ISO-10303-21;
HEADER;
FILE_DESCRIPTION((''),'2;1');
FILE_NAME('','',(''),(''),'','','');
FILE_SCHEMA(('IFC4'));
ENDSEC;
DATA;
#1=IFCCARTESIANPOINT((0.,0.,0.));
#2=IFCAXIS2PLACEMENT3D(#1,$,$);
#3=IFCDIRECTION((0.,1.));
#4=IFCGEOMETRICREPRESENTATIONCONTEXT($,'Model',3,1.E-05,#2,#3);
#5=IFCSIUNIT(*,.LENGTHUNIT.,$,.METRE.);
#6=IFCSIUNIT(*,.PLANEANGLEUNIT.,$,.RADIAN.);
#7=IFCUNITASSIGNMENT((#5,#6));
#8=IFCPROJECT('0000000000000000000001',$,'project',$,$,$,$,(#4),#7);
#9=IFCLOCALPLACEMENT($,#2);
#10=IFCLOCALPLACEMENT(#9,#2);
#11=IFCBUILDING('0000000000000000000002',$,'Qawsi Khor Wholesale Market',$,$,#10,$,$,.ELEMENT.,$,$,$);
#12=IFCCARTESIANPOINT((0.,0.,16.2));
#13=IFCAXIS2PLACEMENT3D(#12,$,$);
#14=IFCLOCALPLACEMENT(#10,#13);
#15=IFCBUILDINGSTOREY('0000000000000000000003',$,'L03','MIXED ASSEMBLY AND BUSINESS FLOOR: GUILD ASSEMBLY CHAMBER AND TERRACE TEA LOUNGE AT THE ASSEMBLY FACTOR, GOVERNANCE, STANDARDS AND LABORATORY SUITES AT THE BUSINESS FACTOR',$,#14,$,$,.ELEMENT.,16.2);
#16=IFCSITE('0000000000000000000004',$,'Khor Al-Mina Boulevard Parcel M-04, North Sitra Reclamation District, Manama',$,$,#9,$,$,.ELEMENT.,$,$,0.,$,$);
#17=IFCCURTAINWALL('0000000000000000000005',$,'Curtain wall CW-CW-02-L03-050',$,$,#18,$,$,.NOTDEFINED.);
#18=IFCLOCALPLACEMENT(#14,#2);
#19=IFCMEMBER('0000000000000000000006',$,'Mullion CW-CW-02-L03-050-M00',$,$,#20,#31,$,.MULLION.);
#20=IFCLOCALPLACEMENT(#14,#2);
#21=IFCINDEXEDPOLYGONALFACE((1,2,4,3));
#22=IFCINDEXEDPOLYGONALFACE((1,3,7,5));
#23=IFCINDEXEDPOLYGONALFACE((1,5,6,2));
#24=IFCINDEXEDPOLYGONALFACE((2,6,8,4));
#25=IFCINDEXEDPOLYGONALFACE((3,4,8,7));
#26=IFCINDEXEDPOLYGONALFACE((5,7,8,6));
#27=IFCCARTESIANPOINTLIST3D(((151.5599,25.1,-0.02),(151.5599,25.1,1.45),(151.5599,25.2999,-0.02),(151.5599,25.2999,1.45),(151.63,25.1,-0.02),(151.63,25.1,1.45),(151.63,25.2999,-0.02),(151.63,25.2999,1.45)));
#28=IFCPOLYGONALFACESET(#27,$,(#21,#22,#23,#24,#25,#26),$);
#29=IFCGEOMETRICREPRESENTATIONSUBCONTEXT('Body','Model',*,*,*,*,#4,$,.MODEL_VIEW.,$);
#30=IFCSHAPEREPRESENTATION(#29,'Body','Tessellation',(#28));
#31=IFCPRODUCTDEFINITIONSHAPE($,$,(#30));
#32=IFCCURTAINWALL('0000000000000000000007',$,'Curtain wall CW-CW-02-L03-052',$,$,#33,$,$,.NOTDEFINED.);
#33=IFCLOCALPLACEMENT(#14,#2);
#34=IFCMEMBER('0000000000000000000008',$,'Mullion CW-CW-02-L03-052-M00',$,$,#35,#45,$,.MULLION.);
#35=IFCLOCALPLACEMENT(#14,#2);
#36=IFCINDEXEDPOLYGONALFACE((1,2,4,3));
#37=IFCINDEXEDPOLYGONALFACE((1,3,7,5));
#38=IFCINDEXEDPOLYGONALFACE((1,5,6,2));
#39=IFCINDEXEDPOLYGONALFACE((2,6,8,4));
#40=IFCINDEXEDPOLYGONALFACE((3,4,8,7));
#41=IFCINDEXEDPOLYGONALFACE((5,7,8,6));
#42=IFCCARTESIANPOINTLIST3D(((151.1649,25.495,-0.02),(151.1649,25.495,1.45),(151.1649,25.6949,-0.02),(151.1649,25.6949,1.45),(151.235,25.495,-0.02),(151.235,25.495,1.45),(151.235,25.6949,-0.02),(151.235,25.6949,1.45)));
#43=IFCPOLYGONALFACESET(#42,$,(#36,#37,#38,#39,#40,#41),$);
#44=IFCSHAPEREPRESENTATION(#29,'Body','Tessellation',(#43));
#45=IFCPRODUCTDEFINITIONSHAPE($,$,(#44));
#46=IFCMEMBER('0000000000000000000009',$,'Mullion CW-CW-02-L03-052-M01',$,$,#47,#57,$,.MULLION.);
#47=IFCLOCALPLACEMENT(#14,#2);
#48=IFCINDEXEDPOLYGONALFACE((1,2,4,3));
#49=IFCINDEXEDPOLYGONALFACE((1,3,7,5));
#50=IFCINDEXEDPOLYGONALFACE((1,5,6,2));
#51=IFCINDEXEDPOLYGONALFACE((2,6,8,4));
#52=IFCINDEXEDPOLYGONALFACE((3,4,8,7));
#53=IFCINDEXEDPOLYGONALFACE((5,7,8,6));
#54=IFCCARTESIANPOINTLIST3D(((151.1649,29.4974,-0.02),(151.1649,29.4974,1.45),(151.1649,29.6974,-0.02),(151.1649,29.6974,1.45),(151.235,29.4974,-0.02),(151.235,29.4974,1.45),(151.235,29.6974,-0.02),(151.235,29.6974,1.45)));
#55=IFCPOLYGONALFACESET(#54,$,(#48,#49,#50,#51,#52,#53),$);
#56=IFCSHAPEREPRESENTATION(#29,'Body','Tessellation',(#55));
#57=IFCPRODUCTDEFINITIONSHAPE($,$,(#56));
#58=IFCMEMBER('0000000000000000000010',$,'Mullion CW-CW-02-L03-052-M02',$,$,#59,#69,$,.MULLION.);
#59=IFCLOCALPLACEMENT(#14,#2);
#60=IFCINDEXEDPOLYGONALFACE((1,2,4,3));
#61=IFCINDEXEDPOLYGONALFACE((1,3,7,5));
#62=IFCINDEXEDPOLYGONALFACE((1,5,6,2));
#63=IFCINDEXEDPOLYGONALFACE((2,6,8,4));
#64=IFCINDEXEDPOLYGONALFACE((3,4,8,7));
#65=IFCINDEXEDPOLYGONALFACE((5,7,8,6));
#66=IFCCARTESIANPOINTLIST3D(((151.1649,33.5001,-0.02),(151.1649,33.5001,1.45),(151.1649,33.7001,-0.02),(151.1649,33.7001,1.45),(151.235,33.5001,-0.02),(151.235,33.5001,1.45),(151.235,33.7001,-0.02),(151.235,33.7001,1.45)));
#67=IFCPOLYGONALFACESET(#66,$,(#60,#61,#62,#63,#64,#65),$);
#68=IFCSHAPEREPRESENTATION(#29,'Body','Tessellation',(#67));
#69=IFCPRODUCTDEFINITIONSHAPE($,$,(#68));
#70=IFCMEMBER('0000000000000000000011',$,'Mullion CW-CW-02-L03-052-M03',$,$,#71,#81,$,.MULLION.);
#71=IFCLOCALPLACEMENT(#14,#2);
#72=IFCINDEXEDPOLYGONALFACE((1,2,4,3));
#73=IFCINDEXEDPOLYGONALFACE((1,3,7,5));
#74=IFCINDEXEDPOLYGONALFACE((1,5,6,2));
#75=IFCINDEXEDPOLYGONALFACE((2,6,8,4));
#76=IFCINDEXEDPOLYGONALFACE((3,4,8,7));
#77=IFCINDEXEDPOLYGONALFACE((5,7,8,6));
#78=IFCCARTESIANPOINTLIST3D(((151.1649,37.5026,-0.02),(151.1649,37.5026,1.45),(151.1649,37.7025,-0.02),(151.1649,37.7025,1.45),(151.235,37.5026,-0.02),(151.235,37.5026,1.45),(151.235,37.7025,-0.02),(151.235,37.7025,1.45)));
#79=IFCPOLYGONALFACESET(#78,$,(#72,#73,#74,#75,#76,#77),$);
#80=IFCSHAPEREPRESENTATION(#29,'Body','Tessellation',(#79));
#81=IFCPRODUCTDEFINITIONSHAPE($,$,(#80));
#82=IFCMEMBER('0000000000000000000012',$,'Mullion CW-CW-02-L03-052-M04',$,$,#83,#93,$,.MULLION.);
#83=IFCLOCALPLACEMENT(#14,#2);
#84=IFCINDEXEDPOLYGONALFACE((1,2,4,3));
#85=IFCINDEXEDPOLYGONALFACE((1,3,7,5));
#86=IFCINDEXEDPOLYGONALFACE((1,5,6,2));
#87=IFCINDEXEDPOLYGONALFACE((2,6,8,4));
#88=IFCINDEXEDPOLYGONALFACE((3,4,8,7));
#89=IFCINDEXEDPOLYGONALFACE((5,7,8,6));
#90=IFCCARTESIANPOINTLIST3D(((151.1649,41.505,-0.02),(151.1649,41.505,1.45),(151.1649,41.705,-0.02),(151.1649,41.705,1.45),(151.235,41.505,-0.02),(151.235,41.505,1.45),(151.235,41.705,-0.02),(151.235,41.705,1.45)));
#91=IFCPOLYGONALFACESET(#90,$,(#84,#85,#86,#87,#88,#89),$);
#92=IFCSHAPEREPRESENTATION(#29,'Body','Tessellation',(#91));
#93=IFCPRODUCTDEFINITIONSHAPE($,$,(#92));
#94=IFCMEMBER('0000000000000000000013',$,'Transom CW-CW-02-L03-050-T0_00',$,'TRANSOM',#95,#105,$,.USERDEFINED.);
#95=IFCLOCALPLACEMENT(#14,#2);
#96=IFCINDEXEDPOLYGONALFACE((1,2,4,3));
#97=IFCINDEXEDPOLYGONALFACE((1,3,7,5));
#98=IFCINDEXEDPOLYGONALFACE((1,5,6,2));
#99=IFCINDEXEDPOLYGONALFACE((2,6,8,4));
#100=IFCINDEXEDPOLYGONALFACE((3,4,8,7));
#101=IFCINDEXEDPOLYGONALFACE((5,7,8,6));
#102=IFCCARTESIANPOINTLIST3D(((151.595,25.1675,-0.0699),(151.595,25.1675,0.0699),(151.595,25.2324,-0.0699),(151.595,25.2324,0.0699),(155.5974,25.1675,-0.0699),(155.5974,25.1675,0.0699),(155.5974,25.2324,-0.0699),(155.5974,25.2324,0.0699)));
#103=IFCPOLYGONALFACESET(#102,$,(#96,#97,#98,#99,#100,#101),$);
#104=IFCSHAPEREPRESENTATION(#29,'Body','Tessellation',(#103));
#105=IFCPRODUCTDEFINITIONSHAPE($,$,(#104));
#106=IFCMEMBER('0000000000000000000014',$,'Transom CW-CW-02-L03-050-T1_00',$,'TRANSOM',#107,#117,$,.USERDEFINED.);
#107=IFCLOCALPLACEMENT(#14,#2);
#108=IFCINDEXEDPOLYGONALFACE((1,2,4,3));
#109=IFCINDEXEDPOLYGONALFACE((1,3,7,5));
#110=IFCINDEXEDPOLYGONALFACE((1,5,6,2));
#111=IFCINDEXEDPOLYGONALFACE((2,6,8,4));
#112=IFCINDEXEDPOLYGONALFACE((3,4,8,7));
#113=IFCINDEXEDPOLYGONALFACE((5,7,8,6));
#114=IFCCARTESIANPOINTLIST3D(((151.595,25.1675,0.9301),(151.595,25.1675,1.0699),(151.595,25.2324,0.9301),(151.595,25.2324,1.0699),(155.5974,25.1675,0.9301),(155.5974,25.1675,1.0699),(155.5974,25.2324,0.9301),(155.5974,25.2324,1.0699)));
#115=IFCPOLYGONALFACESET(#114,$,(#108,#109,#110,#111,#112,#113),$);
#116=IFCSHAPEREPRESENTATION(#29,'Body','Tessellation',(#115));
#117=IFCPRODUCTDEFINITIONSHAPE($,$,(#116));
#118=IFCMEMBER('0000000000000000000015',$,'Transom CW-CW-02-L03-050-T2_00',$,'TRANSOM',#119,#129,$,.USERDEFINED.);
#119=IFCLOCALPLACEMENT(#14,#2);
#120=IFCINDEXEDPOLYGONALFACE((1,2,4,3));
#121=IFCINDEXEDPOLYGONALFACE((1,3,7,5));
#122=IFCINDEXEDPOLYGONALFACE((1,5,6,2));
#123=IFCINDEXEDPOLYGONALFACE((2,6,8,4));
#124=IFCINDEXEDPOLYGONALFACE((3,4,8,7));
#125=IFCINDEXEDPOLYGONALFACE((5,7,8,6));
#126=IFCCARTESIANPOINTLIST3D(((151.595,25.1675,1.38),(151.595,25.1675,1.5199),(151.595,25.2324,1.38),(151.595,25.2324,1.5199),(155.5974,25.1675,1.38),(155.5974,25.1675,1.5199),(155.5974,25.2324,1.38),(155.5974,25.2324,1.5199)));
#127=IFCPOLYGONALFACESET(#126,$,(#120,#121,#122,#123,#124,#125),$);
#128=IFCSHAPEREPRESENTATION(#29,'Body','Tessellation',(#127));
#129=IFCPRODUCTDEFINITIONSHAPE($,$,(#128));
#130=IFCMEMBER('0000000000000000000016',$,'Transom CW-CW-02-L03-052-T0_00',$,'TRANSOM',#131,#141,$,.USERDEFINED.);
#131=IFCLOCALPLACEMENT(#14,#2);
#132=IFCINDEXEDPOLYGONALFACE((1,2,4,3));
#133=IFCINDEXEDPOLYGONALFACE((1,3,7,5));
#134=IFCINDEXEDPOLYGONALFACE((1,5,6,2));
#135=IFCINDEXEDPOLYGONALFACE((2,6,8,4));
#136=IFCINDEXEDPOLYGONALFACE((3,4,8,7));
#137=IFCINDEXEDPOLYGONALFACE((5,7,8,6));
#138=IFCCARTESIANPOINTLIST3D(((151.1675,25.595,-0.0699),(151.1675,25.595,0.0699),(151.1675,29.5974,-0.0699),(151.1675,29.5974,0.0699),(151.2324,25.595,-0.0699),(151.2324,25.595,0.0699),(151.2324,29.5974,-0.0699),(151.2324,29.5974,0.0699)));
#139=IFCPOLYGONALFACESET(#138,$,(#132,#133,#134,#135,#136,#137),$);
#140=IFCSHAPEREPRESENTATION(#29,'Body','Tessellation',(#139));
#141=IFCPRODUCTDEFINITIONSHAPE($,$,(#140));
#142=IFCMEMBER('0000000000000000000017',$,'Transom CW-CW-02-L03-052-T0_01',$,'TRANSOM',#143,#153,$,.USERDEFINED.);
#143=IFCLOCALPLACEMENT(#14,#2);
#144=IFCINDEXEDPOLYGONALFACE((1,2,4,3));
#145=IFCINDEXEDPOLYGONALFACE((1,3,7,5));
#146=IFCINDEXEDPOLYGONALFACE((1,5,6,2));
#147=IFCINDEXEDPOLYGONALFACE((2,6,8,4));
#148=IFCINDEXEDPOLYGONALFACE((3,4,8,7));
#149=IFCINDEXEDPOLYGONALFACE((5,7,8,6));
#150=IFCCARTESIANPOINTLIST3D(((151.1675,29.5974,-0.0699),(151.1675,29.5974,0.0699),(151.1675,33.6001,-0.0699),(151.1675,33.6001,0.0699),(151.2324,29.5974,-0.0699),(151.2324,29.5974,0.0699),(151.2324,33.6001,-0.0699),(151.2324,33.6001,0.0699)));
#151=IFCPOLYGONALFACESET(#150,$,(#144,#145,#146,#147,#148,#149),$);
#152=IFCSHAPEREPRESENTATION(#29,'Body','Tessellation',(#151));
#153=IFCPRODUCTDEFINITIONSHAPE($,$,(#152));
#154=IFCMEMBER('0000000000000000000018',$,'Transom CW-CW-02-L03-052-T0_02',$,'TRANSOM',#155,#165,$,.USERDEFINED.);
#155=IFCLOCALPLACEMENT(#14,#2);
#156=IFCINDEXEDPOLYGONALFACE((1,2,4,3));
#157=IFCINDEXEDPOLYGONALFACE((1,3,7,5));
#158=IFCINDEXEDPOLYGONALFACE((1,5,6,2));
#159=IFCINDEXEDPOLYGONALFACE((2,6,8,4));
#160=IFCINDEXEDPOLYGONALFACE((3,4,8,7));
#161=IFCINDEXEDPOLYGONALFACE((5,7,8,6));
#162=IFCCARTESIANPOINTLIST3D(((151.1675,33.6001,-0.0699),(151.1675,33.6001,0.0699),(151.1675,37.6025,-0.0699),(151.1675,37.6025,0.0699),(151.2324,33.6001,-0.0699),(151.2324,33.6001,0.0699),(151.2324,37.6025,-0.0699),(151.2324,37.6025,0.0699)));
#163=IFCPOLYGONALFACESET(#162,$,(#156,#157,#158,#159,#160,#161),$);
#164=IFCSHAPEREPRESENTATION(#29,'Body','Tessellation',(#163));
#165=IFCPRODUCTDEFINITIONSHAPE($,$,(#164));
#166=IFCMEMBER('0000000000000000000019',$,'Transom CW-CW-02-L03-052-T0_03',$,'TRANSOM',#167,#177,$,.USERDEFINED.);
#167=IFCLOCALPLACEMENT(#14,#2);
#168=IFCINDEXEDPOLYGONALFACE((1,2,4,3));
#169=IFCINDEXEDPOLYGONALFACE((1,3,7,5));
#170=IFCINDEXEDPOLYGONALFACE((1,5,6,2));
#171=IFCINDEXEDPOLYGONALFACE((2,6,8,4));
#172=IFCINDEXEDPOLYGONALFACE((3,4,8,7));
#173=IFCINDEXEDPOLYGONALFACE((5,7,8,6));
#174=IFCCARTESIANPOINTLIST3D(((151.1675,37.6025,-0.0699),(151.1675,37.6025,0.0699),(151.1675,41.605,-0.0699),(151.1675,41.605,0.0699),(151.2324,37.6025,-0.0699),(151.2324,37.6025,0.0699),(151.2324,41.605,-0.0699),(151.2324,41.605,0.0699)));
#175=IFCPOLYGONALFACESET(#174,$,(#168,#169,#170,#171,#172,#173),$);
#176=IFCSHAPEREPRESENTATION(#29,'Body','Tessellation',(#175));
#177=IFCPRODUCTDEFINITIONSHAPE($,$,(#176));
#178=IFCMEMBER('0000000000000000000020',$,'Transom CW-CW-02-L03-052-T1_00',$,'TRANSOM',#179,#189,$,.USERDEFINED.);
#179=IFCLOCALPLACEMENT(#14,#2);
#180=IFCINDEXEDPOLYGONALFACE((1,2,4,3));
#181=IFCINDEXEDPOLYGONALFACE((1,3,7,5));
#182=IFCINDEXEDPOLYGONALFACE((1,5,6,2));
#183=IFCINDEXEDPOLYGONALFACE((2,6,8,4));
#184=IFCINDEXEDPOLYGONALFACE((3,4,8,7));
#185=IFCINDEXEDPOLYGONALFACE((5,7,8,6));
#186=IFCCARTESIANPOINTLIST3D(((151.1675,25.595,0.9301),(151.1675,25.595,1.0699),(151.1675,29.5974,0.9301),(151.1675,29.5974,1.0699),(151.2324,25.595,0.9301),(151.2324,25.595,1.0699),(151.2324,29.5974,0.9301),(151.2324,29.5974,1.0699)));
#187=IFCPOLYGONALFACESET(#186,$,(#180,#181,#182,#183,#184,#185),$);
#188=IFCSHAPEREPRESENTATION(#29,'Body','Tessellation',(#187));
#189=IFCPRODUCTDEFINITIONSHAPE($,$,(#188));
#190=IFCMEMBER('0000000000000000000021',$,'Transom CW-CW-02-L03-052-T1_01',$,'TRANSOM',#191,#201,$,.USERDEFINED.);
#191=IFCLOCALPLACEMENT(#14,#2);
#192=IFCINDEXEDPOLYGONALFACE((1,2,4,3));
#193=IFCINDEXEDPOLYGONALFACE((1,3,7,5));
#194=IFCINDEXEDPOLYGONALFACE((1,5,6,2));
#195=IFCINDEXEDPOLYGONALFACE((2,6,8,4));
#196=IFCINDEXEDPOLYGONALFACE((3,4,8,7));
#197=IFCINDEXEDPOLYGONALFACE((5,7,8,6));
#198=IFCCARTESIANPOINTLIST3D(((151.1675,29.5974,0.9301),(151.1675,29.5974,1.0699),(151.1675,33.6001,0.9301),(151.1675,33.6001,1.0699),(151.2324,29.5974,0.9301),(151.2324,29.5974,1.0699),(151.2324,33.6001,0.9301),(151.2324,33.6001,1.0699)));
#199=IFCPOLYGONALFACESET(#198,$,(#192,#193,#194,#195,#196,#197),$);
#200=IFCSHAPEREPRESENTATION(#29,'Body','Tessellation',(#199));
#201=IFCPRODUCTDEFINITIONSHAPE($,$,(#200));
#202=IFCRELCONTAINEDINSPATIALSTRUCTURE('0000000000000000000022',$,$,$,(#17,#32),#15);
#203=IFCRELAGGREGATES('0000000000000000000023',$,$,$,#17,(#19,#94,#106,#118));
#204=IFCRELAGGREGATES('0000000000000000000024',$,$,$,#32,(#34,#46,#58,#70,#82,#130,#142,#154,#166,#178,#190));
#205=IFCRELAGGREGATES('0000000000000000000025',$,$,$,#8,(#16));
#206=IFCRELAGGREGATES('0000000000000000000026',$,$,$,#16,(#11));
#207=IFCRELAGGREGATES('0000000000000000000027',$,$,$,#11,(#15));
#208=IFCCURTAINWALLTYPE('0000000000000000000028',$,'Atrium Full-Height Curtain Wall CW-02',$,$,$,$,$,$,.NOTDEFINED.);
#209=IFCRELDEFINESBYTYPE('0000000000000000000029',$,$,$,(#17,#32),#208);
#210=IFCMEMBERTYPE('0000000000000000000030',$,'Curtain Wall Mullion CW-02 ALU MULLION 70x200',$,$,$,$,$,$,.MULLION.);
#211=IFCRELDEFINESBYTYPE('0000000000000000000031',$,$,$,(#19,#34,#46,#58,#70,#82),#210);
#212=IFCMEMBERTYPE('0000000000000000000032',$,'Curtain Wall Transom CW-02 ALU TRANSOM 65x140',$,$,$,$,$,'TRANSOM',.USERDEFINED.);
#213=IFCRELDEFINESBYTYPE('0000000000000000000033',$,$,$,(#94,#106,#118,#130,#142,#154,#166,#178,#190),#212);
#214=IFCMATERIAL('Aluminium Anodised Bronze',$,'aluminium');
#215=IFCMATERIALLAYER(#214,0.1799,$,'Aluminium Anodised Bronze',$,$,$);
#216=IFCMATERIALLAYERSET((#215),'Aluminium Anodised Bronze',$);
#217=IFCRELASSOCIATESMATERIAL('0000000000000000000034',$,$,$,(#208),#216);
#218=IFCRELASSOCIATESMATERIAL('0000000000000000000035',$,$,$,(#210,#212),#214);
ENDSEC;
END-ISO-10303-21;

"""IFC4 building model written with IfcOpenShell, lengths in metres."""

from ifc_helpers import new_model, si_unit, direction, frame, origin, origin_2d, place, context, subcontext, project, spatial, rectangle, extrude, material, layer, layer_set, material_profile, profile_set, type_object, element, aggregate, save


model = new_model("IFC4")

# Units and contexts
model_context = context("Model", 3, precision=1e-05, world=origin(), true_north=direction((0.0, 1.0)))
body_context = subcontext(model_context, "Body", "Model", "MODEL_VIEW")
ifc_project = project(units=[si_unit("LENGTHUNIT", "METRE"), si_unit("PLANEANGLEUNIT", "RADIAN")], contexts=[model_context])

# Site, building, storey
site_placement = place(None, origin())
site = spatial("IfcSite", under=ifc_project, at=site_placement, Name="Khor Al-Mina Boulevard Parcel M-04, North Sitra Reclamation District, Manama", CompositionType="ELEMENT", RefElevation=0.0)
building_placement = place(site_placement, origin())
building = spatial("IfcBuilding", under=site, at=building_placement, Name="Qawsi Khor Wholesale Market", CompositionType="ELEMENT")
storey_placement = place(building_placement, frame((0.0, 0.0, 16.2)))
storey = spatial("IfcBuildingStorey", under=building, at=storey_placement, Name="L03", Description="MIXED ASSEMBLY AND BUSINESS FLOOR: GUILD ASSEMBLY CHAMBER AND TERRACE TEA LOUNGE AT THE ASSEMBLY FACTOR, GOVERNANCE, STANDARDS AND LABORATORY SUITES AT THE BUSINESS FACTOR", CompositionType="ELEMENT", Elevation=16.2)

# Curtain wall, member
ifc_material_1 = material(Name="Aluminium Anodised Bronze", Category="aluminium")
ifc_layer_1 = layer(ifc_material_1, 0.1799, Name="Aluminium Anodised Bronze")
ifc_layer_set_1 = layer_set([ifc_layer_1], Name="Aluminium Anodised Bronze")
curtain_wall_type = type_object("IfcCurtainWallType", Name="Atrium Full-Height Curtain Wall CW-02", PredefinedType="NOTDEFINED", material=ifc_layer_set_1)
curtain_wall_1_placement = place(storey_placement, origin())
curtain_wall_1 = element("IfcCurtainWall", 1, at=curtain_wall_1_placement, inside=storey, type_object=curtain_wall_type, Name="Curtain wall CW-CW-02-L03-050", PredefinedType="NOTDEFINED")
ifc_material_profile_1 = material_profile(ifc_material_1, rectangle(XDim=0.0701, YDim=0.2, at=origin_2d()), Name="ALU MULLION 70x200")
ifc_profile_set_1 = profile_set([ifc_material_profile_1], Name="Aluminium Anodised Bronze")
member_type_1 = type_object("IfcMemberType", Name="Curtain Wall Mullion CW-02 ALU MULLION 70x200", PredefinedType="MULLION", material=ifc_profile_set_1)
member_1_placement = place(storey_placement, frame((151.595, 25.2, -0.02), z_axis=(0.0, 0.0, 1.0), x_axis=(1.0, 0.0, 0.0)))
member_1 = element("IfcMember", 2, at=member_1_placement, type_object=member_type_1, Name="Mullion CW-CW-02-L03-050-M00", PredefinedType="MULLION", context=body_context, shape_type="SweptSolid", body=[
    extrude(rectangle(XDim=0.0701, YDim=0.2, at=origin_2d()), origin(), (0.0, 0.0, 1.0), 1.47),
])

# Curtain wall, members
curtain_wall_2_placement = place(storey_placement, origin())
curtain_wall_2 = element("IfcCurtainWall", 3, at=curtain_wall_2_placement, inside=storey, type_object=curtain_wall_type, Name="Curtain wall CW-CW-02-L03-052", PredefinedType="NOTDEFINED")
member_2_placement = place(storey_placement, frame((151.2, 25.595, -0.02), z_axis=(0.0, 0.0, 1.0), x_axis=(1.0, 0.0, 0.0)))
member_2 = element("IfcMember", 4, at=member_2_placement, type_object=member_type_1, Name="Mullion CW-CW-02-L03-052-M00", PredefinedType="MULLION", context=body_context, shape_type="SweptSolid", body=[
    extrude(rectangle(XDim=0.0701, YDim=0.2, at=origin_2d()), origin(), (0.0, 0.0, 1.0), 1.47),
])
member_3_placement = place(storey_placement, frame((151.2, 29.5974, -0.02), z_axis=(0.0, 0.0, 1.0), x_axis=(1.0, 0.0, 0.0)))
member_3 = element("IfcMember", 5, at=member_3_placement, type_object=member_type_1, Name="Mullion CW-CW-02-L03-052-M01", PredefinedType="MULLION", context=body_context, shape_type="SweptSolid", body=[
    extrude(rectangle(XDim=0.0701, YDim=0.2, at=origin_2d()), origin(), (0.0, 0.0, 1.0), 1.47),
])
member_4_placement = place(storey_placement, frame((151.2, 33.6001, -0.02), z_axis=(0.0, 0.0, 1.0), x_axis=(1.0, 0.0, 0.0)))
member_4 = element("IfcMember", 6, at=member_4_placement, type_object=member_type_1, Name="Mullion CW-CW-02-L03-052-M02", PredefinedType="MULLION", context=body_context, shape_type="SweptSolid", body=[
    extrude(rectangle(XDim=0.0701, YDim=0.2, at=origin_2d()), origin(), (0.0, 0.0, 1.0), 1.47),
])
member_5_placement = place(storey_placement, frame((151.2, 37.6025, -0.02), z_axis=(0.0, 0.0, 1.0), x_axis=(1.0, 0.0, 0.0)))
member_5 = element("IfcMember", 7, at=member_5_placement, type_object=member_type_1, Name="Mullion CW-CW-02-L03-052-M03", PredefinedType="MULLION", context=body_context, shape_type="SweptSolid", body=[
    extrude(rectangle(XDim=0.0701, YDim=0.2, at=origin_2d()), origin(), (0.0, 0.0, 1.0), 1.47),
])
member_6_placement = place(storey_placement, frame((151.2, 41.605, -0.02), z_axis=(0.0, 0.0, 1.0), x_axis=(1.0, 0.0, 0.0)))
member_6 = element("IfcMember", 8, at=member_6_placement, type_object=member_type_1, Name="Mullion CW-CW-02-L03-052-M04", PredefinedType="MULLION", context=body_context, shape_type="SweptSolid", body=[
    extrude(rectangle(XDim=0.0701, YDim=0.2, at=origin_2d()), origin(), (0.0, 0.0, 1.0), 1.47),
])

# Members
ifc_material_profile_2 = material_profile(ifc_material_1, rectangle(XDim=0.0649, YDim=0.1399, at=origin_2d()), Name="ALU TRANSOM 65x140")
ifc_profile_set_2 = profile_set([ifc_material_profile_2], Name="Aluminium Anodised Bronze")
member_type_2 = type_object("IfcMemberType", Name="Curtain Wall Transom CW-02 ALU TRANSOM 65x140", ElementType="TRANSOM", PredefinedType="USERDEFINED", material=ifc_profile_set_2)
member_7_placement = place(storey_placement, frame((151.595, 25.2, 0.0), z_axis=(1.0, 0.0, 0.0), x_axis=(0.0, 1.0, 0.0)))
member_7 = element("IfcMember", 9, at=member_7_placement, type_object=member_type_2, Name="Transom CW-CW-02-L03-050-T0_00", ObjectType="TRANSOM", PredefinedType="USERDEFINED", context=body_context, shape_type="SweptSolid", body=[
    extrude(rectangle(XDim=0.0649, YDim=0.1399, at=origin_2d()), origin(), (0.0, 0.0, 1.0), 4.0024),
])
member_8_placement = place(storey_placement, frame((151.595, 25.2, 1.0), z_axis=(1.0, 0.0, 0.0), x_axis=(0.0, 1.0, 0.0)))
member_8 = element("IfcMember", 10, at=member_8_placement, type_object=member_type_2, Name="Transom CW-CW-02-L03-050-T1_00", ObjectType="TRANSOM", PredefinedType="USERDEFINED", context=body_context, shape_type="SweptSolid", body=[
    extrude(rectangle(XDim=0.0649, YDim=0.1399, at=origin_2d()), origin(), (0.0, 0.0, 1.0), 4.0024),
])
member_9_placement = place(storey_placement, frame((151.595, 25.2, 1.45), z_axis=(1.0, 0.0, 0.0), x_axis=(0.0, 1.0, 0.0)))
member_9 = element("IfcMember", 11, at=member_9_placement, type_object=member_type_2, Name="Transom CW-CW-02-L03-050-T2_00", ObjectType="TRANSOM", PredefinedType="USERDEFINED", context=body_context, shape_type="SweptSolid", body=[
    extrude(rectangle(XDim=0.0649, YDim=0.1399, at=origin_2d()), origin(), (0.0, 0.0, 1.0), 4.0024),
])
aggregate(curtain_wall_1, [member_1, member_7, member_8, member_9])
member_10_placement = place(storey_placement, frame((151.2, 25.595, 0.0), z_axis=(0.0, 1.0, 0.0), x_axis=(-1.0, 0.0, 0.0)))
member_10 = element("IfcMember", 12, at=member_10_placement, type_object=member_type_2, Name="Transom CW-CW-02-L03-052-T0_00", ObjectType="TRANSOM", PredefinedType="USERDEFINED", context=body_context, shape_type="SweptSolid", body=[
    extrude(rectangle(XDim=0.0649, YDim=0.1399, at=origin_2d()), origin(), (0.0, 0.0, 1.0), 4.0024),
])
member_11_placement = place(storey_placement, frame((151.2, 29.5974, 0.0), z_axis=(0.0, 1.0, 0.0), x_axis=(-1.0, 0.0, 0.0)))
member_11 = element("IfcMember", 13, at=member_11_placement, type_object=member_type_2, Name="Transom CW-CW-02-L03-052-T0_01", ObjectType="TRANSOM", PredefinedType="USERDEFINED", context=body_context, shape_type="SweptSolid", body=[
    extrude(rectangle(XDim=0.0649, YDim=0.1399, at=origin_2d()), origin(), (0.0, 0.0, 1.0), 4.0027),
])
member_12_placement = place(storey_placement, frame((151.2, 33.6001, 0.0), z_axis=(0.0, 1.0, 0.0), x_axis=(-1.0, 0.0, 0.0)))
member_12 = element("IfcMember", 14, at=member_12_placement, type_object=member_type_2, Name="Transom CW-CW-02-L03-052-T0_02", ObjectType="TRANSOM", PredefinedType="USERDEFINED", context=body_context, shape_type="SweptSolid", body=[
    extrude(rectangle(XDim=0.0649, YDim=0.1399, at=origin_2d()), origin(), (0.0, 0.0, 1.0), 4.0024),
])
member_13_placement = place(storey_placement, frame((151.2, 37.6025, 0.0), z_axis=(0.0, 1.0, 0.0), x_axis=(-1.0, 0.0, 0.0)))
member_13 = element("IfcMember", 15, at=member_13_placement, type_object=member_type_2, Name="Transom CW-CW-02-L03-052-T0_03", ObjectType="TRANSOM", PredefinedType="USERDEFINED", context=body_context, shape_type="SweptSolid", body=[
    extrude(rectangle(XDim=0.0649, YDim=0.1399, at=origin_2d()), origin(), (0.0, 0.0, 1.0), 4.0024),
])
member_14_placement = place(storey_placement, frame((151.2, 25.595, 1.0), z_axis=(0.0, 1.0, 0.0), x_axis=(-1.0, 0.0, 0.0)))
member_14 = element("IfcMember", 16, at=member_14_placement, type_object=member_type_2, Name="Transom CW-CW-02-L03-052-T1_00", ObjectType="TRANSOM", PredefinedType="USERDEFINED", context=body_context, shape_type="SweptSolid", body=[
    extrude(rectangle(XDim=0.0649, YDim=0.1399, at=origin_2d()), origin(), (0.0, 0.0, 1.0), 4.0024),
])
member_15_placement = place(storey_placement, frame((151.2, 29.5974, 1.0), z_axis=(0.0, 1.0, 0.0), x_axis=(-1.0, 0.0, 0.0)))
member_15 = element("IfcMember", 17, at=member_15_placement, type_object=member_type_2, Name="Transom CW-CW-02-L03-052-T1_01", ObjectType="TRANSOM", PredefinedType="USERDEFINED", context=body_context, shape_type="SweptSolid", body=[
    extrude(rectangle(XDim=0.0649, YDim=0.1399, at=origin_2d()), origin(), (0.0, 0.0, 1.0), 4.0027),
])

aggregate(curtain_wall_2, [member_2, member_3, member_4, member_5, member_6, member_10, member_11, member_12, member_13, member_14, member_15])

save(model, "model.ifc")
